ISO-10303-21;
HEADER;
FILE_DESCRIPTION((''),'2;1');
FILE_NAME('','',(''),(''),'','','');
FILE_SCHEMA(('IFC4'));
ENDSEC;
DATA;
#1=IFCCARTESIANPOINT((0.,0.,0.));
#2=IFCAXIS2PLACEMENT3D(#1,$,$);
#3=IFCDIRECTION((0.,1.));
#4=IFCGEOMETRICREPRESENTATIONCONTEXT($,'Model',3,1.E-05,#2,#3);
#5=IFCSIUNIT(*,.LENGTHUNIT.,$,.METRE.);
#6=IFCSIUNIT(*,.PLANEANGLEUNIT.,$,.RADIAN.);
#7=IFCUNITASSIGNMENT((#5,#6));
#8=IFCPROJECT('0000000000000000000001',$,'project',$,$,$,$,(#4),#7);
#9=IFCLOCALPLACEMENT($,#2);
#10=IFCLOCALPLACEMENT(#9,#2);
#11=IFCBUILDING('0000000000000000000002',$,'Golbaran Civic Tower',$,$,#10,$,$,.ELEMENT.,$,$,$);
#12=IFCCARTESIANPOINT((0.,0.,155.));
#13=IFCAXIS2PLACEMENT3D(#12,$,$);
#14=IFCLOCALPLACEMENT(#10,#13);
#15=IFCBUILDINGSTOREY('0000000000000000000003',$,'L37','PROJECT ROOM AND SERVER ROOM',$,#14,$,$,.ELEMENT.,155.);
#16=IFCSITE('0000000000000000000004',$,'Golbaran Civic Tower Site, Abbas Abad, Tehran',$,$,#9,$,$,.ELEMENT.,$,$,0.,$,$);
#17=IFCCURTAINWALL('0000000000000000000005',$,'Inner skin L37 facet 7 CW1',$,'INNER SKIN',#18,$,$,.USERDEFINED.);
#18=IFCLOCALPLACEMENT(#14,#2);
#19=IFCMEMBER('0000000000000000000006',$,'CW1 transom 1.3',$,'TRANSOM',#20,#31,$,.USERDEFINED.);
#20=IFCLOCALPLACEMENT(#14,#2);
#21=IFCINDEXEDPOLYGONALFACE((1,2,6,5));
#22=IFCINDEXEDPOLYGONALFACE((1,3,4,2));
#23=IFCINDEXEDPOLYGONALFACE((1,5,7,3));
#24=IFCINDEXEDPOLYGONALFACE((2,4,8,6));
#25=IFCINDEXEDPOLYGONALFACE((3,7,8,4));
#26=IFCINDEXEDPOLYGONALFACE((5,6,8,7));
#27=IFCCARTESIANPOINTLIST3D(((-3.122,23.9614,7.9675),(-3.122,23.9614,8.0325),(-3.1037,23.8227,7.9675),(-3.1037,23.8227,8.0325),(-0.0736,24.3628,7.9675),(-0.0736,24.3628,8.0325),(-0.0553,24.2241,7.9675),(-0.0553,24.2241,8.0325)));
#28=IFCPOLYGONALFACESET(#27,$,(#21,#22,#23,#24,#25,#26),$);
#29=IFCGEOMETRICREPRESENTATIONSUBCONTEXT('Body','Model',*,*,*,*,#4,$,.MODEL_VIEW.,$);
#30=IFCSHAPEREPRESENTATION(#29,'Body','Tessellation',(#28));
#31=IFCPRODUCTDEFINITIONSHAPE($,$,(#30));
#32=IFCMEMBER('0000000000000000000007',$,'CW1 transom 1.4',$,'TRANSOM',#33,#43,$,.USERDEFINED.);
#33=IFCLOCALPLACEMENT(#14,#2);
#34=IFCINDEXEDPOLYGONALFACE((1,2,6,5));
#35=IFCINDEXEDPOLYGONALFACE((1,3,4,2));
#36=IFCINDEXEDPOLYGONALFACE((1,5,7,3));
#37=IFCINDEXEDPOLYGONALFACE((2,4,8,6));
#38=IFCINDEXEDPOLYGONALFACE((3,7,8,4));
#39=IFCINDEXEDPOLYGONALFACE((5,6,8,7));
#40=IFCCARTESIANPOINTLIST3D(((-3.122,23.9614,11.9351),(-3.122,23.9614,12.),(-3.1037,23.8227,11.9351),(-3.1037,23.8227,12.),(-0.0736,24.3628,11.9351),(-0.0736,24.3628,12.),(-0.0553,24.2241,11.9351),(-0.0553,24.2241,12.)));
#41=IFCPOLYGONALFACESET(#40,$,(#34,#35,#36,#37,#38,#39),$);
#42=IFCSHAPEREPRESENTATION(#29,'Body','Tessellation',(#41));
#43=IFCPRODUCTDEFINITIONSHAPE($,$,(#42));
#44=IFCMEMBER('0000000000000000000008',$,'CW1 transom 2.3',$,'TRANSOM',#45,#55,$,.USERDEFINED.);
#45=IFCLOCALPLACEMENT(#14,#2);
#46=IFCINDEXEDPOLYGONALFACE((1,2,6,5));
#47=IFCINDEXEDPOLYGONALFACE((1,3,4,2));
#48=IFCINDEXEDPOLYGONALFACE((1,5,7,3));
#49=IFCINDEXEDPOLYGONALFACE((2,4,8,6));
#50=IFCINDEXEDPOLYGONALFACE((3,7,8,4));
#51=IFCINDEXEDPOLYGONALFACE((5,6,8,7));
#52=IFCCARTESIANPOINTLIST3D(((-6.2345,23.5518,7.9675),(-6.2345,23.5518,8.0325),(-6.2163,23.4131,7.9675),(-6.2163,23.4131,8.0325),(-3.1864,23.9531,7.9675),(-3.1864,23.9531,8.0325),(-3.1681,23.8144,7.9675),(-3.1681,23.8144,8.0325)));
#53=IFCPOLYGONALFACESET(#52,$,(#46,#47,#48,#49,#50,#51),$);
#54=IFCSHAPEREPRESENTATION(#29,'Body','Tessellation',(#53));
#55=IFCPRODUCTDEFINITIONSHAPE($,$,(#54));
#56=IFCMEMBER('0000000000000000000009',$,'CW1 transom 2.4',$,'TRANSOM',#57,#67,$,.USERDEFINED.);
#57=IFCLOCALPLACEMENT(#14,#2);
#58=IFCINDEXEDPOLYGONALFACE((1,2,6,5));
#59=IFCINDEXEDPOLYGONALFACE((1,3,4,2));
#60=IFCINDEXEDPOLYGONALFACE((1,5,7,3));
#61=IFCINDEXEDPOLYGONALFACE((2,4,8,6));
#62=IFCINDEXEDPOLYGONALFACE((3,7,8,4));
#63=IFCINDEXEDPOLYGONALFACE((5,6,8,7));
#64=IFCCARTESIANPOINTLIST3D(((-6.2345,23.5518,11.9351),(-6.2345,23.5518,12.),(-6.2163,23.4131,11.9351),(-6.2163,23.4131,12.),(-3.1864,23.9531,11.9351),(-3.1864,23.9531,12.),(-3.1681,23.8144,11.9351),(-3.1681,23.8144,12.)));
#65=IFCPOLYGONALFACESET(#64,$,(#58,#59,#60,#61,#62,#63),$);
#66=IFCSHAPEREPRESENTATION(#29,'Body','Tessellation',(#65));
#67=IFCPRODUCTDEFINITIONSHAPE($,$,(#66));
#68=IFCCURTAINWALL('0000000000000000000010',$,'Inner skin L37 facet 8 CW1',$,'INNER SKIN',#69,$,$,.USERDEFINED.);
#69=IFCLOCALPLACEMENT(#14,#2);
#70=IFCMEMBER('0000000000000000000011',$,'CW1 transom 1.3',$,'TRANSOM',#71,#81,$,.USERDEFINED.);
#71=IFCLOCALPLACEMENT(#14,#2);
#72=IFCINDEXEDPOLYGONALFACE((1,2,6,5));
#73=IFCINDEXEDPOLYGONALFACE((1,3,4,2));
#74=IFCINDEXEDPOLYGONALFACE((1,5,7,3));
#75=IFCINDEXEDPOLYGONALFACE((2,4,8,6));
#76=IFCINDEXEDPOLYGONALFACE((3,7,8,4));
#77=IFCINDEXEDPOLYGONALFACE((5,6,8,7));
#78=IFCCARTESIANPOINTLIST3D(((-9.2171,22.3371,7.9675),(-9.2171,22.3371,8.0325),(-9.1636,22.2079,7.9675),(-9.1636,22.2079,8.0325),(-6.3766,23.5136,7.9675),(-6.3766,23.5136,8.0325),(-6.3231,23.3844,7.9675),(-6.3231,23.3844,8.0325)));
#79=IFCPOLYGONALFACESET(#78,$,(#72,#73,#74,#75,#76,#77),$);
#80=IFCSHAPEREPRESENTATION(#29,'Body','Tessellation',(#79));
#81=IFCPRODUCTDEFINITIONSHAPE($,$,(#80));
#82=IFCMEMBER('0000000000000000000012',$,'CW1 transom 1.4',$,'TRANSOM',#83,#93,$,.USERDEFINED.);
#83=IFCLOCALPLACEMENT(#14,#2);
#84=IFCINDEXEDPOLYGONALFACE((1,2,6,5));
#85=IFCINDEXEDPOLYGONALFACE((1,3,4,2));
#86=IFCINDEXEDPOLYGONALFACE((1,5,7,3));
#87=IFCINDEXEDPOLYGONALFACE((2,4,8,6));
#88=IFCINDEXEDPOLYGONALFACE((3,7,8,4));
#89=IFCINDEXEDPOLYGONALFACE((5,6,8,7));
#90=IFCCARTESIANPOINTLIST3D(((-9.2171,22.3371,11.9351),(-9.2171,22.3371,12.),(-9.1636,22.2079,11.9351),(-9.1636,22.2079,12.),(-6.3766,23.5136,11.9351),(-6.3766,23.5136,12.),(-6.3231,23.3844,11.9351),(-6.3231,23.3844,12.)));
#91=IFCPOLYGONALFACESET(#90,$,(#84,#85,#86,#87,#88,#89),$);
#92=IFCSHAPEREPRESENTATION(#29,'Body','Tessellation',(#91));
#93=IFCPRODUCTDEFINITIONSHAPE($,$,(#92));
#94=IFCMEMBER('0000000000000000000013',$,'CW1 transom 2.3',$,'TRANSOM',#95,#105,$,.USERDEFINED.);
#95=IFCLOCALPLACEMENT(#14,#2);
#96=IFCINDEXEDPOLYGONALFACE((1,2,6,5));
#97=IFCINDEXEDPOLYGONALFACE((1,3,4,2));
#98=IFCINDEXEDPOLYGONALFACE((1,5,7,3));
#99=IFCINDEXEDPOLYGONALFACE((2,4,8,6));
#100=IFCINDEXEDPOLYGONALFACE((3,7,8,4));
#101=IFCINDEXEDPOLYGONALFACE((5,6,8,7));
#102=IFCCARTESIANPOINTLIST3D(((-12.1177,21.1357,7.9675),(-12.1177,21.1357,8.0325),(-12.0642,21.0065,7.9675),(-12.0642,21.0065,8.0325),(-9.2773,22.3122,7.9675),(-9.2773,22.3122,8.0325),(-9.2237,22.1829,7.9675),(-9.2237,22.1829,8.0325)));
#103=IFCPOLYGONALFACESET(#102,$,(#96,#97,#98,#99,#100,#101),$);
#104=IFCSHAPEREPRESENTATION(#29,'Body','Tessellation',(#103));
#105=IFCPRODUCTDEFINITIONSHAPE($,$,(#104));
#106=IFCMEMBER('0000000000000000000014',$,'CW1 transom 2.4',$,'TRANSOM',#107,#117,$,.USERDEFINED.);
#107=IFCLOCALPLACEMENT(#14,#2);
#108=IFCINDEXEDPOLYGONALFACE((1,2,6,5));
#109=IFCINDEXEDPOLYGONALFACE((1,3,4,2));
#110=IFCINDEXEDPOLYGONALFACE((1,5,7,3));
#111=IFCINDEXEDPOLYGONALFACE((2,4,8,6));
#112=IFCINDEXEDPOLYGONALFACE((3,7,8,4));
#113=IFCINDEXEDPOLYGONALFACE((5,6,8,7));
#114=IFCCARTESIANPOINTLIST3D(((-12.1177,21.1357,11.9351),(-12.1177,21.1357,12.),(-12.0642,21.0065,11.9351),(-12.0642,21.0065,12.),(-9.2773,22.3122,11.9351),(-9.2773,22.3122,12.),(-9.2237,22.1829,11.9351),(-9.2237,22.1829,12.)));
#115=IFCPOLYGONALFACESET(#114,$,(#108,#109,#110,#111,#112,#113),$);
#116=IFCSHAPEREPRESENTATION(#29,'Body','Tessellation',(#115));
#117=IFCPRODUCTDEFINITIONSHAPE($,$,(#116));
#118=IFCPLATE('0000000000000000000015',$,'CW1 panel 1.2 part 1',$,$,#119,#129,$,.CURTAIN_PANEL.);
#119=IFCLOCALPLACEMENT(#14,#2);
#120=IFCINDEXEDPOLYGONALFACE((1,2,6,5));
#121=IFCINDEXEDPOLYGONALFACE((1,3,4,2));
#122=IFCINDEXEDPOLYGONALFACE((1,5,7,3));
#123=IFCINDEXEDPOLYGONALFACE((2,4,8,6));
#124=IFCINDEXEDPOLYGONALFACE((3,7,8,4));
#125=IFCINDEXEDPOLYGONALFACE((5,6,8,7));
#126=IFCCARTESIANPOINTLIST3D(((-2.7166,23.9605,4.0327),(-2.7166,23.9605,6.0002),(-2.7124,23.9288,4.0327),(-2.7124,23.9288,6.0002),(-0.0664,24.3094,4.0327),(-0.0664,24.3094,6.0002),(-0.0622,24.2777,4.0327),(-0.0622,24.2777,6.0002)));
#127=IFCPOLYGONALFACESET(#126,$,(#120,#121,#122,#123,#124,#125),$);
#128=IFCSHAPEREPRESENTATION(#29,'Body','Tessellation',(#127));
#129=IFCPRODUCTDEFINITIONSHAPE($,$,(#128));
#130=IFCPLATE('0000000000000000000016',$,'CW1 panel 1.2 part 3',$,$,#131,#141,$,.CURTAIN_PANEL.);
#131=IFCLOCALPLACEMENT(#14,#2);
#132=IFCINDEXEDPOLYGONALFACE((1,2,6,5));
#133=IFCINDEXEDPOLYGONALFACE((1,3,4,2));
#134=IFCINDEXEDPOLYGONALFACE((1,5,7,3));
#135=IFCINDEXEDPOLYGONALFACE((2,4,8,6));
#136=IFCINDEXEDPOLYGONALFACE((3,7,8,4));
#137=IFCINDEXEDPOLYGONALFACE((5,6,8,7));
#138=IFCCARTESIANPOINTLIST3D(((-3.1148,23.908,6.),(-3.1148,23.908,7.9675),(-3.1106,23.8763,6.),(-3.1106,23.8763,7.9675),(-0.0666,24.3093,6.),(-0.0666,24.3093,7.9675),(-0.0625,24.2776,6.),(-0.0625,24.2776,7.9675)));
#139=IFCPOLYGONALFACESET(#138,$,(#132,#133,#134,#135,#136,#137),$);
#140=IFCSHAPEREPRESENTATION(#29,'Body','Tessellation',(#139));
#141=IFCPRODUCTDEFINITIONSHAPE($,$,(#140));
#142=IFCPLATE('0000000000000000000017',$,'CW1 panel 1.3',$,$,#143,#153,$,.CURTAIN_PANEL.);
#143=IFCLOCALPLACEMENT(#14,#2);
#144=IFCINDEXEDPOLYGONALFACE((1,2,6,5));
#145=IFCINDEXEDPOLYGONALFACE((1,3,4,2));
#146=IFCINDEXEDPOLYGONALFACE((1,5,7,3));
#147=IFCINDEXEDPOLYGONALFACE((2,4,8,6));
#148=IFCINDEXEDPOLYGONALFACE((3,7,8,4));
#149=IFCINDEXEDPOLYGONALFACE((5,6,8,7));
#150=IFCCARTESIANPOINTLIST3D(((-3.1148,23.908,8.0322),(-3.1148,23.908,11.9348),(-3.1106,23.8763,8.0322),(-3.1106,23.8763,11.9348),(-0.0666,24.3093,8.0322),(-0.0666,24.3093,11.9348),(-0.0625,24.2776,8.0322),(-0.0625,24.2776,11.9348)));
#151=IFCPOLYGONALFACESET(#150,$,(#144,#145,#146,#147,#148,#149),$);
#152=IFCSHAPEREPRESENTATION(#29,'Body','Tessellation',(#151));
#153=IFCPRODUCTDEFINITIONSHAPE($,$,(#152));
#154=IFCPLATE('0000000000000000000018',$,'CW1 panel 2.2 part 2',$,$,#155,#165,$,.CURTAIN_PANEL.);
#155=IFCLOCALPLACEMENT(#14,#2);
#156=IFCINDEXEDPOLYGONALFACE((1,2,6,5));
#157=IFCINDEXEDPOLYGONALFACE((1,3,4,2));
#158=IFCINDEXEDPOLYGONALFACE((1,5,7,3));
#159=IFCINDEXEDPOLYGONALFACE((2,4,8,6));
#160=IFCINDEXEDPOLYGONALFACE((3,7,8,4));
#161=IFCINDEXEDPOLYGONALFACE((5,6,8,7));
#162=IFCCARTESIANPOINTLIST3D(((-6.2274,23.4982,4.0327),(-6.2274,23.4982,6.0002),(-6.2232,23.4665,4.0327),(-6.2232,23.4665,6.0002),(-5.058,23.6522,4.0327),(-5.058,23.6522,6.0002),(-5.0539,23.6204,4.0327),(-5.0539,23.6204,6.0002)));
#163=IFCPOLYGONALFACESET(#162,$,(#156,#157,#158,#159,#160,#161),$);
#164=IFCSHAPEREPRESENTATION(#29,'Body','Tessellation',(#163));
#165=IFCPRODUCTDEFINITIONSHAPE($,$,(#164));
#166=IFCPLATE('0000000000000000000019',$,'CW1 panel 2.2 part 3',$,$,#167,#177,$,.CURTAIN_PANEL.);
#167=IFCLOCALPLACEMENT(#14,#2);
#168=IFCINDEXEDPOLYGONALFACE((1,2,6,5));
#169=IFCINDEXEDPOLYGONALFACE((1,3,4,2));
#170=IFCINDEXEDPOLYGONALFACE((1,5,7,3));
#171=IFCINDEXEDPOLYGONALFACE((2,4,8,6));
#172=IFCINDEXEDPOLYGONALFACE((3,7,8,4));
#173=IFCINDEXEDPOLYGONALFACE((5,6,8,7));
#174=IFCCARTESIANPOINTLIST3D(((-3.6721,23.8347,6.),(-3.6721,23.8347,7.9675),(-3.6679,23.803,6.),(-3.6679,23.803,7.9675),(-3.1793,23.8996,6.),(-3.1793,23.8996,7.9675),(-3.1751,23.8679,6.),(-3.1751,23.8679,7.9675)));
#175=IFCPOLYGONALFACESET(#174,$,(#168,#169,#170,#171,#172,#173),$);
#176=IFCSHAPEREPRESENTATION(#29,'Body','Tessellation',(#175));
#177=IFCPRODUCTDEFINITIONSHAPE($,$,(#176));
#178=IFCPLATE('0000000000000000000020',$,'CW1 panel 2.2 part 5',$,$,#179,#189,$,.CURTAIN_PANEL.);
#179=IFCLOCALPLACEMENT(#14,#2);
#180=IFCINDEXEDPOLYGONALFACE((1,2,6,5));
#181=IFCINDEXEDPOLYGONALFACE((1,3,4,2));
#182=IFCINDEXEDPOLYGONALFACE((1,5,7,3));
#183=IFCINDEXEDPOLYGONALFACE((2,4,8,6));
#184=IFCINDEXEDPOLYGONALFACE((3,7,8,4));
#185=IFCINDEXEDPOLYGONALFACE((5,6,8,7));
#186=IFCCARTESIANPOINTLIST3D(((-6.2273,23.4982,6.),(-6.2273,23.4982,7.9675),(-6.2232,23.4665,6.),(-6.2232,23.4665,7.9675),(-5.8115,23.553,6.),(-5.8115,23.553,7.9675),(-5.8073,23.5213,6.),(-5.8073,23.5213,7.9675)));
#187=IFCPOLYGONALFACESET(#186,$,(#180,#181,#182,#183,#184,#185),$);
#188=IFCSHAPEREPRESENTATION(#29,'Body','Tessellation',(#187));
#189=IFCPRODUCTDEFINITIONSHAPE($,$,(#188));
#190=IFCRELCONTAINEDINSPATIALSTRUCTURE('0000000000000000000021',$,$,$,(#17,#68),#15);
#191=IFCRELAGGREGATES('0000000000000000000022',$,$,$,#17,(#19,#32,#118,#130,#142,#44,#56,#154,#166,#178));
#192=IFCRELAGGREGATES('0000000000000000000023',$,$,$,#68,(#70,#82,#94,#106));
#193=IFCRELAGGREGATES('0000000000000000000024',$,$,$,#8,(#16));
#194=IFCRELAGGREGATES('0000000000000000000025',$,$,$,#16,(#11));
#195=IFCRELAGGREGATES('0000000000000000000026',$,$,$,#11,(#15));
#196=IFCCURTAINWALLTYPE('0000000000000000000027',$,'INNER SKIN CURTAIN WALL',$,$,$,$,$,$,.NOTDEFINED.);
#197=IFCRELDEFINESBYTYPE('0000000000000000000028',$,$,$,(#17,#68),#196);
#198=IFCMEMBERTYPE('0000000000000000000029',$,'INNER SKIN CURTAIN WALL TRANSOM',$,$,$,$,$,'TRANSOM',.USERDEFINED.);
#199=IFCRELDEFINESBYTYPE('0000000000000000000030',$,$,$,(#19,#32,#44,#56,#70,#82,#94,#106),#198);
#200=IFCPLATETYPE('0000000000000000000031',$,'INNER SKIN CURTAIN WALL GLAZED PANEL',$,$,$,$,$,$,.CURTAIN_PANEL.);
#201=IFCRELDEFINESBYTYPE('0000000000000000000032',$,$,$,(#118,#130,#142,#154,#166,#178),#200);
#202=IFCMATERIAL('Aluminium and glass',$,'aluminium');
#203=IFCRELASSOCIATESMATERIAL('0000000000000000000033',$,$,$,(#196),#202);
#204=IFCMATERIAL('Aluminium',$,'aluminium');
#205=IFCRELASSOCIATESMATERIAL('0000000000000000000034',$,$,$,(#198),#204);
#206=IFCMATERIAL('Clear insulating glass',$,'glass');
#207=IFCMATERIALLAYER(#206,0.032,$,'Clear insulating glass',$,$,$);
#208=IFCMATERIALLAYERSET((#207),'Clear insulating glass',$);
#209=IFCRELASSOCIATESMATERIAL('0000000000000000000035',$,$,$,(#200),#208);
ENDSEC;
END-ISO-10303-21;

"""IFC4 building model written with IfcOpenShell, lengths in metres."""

from ifc_helpers import new_model, si_unit, direction, frame, origin, origin_2d, place, context, subcontext, project, spatial, rectangle, extrude, material, layer, layer_set, material_profile, profile_set, type_object, element, aggregate, save


model = new_model("IFC4")

# Units and contexts
model_context = context("Model", 3, precision=1e-05, world=origin(), true_north=direction((0.0, 1.0)))
body_context = subcontext(model_context, "Body", "Model", "MODEL_VIEW")
ifc_project = project(units=[si_unit("LENGTHUNIT", "METRE"), si_unit("PLANEANGLEUNIT", "RADIAN")], contexts=[model_context])

# Site, building, storey
site_placement = place(None, origin())
site = spatial("IfcSite", under=ifc_project, at=site_placement, Name="Golbaran Civic Tower Site, Abbas Abad, Tehran", CompositionType="ELEMENT", RefElevation=0.0)
building_placement = place(site_placement, origin())
building = spatial("IfcBuilding", under=site, at=building_placement, Name="Golbaran Civic Tower", CompositionType="ELEMENT")
storey_placement = place(building_placement, frame((0.0, 0.0, 155.0)))
storey = spatial("IfcBuildingStorey", under=building, at=storey_placement, Name="L37", Description="PROJECT ROOM AND SERVER ROOM", CompositionType="ELEMENT", Elevation=155.0)

# Curtain walls, members
ifc_material_1 = material(Name="Aluminium and glass", Category="aluminium")
curtain_wall_type = type_object("IfcCurtainWallType", Name="INNER SKIN CURTAIN WALL", PredefinedType="NOTDEFINED", material=ifc_material_1)
curtain_wall_1_placement = place(storey_placement, origin())
curtain_wall_1 = element("IfcCurtainWall", 1, at=curtain_wall_1_placement, inside=storey, type_object=curtain_wall_type, Name="Inner skin L37 facet 7 CW1", ObjectType="INNER SKIN", PredefinedType="USERDEFINED")
ifc_material_2 = material(Name="Aluminium", Category="aluminium")
ifc_material_profile = material_profile(ifc_material_2, rectangle(XDim=0.1399, YDim=0.0649, at=origin_2d()), Name="INNER SKIN CURTAIN WALL TRANSOM")
ifc_profile_set = profile_set([ifc_material_profile], Name="Aluminium")
member_type = type_object("IfcMemberType", Name="INNER SKIN CURTAIN WALL TRANSOM", ElementType="TRANSOM", PredefinedType="USERDEFINED", material=ifc_profile_set)
member_1_placement = place(storey_placement, frame((-0.0645, 24.2935, 8.0), z_axis=(-0.991443, -0.130541, 0.0), x_axis=(0.130541, -0.991443, 0.0)))
member_1 = element("IfcMember", 2, at=member_1_placement, type_object=member_type, Name="CW1 transom 1.3", ObjectType="TRANSOM", PredefinedType="USERDEFINED", context=body_context, shape_type="SweptSolid", body=[
    extrude(rectangle(XDim=0.1399, YDim=0.0649, at=origin_2d()), origin(), (0.0, 0.0, 1.0), 3.0747),
])
member_2_placement = place(storey_placement, frame((-0.0645, 24.2935, 11.9675), z_axis=(-0.991443, -0.130541, 0.0), x_axis=(0.130541, -0.991443, 0.0)))
member_2 = element("IfcMember", 3, at=member_2_placement, type_object=member_type, Name="CW1 transom 1.4", ObjectType="TRANSOM", PredefinedType="USERDEFINED", context=body_context, shape_type="SweptSolid", body=[
    extrude(rectangle(XDim=0.1399, YDim=0.0649, at=origin_2d()), origin(), (0.0, 0.0, 1.0), 3.0747),
])
member_3_placement = place(storey_placement, frame((-3.1772, 23.8838, 8.0), z_axis=(-0.991442, -0.130551, 0.0), x_axis=(0.130551, -0.991442, 0.0)))
member_3 = element("IfcMember", 4, at=member_3_placement, type_object=member_type, Name="CW1 transom 2.3", ObjectType="TRANSOM", PredefinedType="USERDEFINED", context=body_context, shape_type="SweptSolid", body=[
    extrude(rectangle(XDim=0.1399, YDim=0.0649, at=origin_2d()), origin(), (0.0, 0.0, 1.0), 3.0745),
])
member_4_placement = place(storey_placement, frame((-3.1772, 23.8838, 11.9675), z_axis=(-0.991442, -0.130551, 0.0), x_axis=(0.130551, -0.991442, 0.0)))
member_4 = element("IfcMember", 5, at=member_4_placement, type_object=member_type, Name="CW1 transom 2.4", ObjectType="TRANSOM", PredefinedType="USERDEFINED", context=body_context, shape_type="SweptSolid", body=[
    extrude(rectangle(XDim=0.1399, YDim=0.0649, at=origin_2d()), origin(), (0.0, 0.0, 1.0), 3.0745),
])
curtain_wall_2_placement = place(storey_placement, origin())
curtain_wall_2 = element("IfcCurtainWall", 6, at=curtain_wall_2_placement, inside=storey, type_object=curtain_wall_type, Name="Inner skin L37 facet 8 CW1", ObjectType="INNER SKIN", PredefinedType="USERDEFINED")
member_5_placement = place(storey_placement, frame((-6.3499, 23.449, 8.0), z_axis=(-0.92389, -0.382658, 0.0), x_axis=(0.382658, -0.92389, 0.0)))
member_5 = element("IfcMember", 7, at=member_5_placement, type_object=member_type, Name="CW1 transom 1.3", ObjectType="TRANSOM", PredefinedType="USERDEFINED", context=body_context, shape_type="SweptSolid", body=[
    extrude(rectangle(XDim=0.1399, YDim=0.0649, at=origin_2d()), origin(), (0.0, 0.0, 1.0), 3.0745),
])
member_6_placement = place(storey_placement, frame((-6.3499, 23.449, 11.9675), z_axis=(-0.92389, -0.382658, 0.0), x_axis=(0.382658, -0.92389, 0.0)))
member_6 = element("IfcMember", 8, at=member_6_placement, type_object=member_type, Name="CW1 transom 1.4", ObjectType="TRANSOM", PredefinedType="USERDEFINED", context=body_context, shape_type="SweptSolid", body=[
    extrude(rectangle(XDim=0.1399, YDim=0.0649, at=origin_2d()), origin(), (0.0, 0.0, 1.0), 3.0745),
])
member_7_placement = place(storey_placement, frame((-9.2505, 22.2476, 8.0), z_axis=(-0.92389, -0.382658, 0.0), x_axis=(0.382658, -0.92389, 0.0)))
member_7 = element("IfcMember", 9, at=member_7_placement, type_object=member_type, Name="CW1 transom 2.3", ObjectType="TRANSOM", PredefinedType="USERDEFINED", context=body_context, shape_type="SweptSolid", body=[
    extrude(rectangle(XDim=0.1399, YDim=0.0649, at=origin_2d()), origin(), (0.0, 0.0, 1.0), 3.0745),
])
member_8_placement = place(storey_placement, frame((-9.2505, 22.2476, 11.9675), z_axis=(-0.92389, -0.382658, 0.0), x_axis=(0.382658, -0.92389, 0.0)))
member_8 = element("IfcMember", 10, at=member_8_placement, type_object=member_type, Name="CW1 transom 2.4", ObjectType="TRANSOM", PredefinedType="USERDEFINED", context=body_context, shape_type="SweptSolid", body=[
    extrude(rectangle(XDim=0.1399, YDim=0.0649, at=origin_2d()), origin(), (0.0, 0.0, 1.0), 3.0745),
])

# Plates
ifc_material_3 = material(Name="Clear insulating glass", Category="glass")
ifc_layer_1 = layer(ifc_material_3, 0.032, Name="Clear insulating glass")
ifc_layer_set_1 = layer_set([ifc_layer_1], Name="Clear insulating glass")
plate_type_1 = type_object("IfcPlateType", Name="INNER SKIN CURTAIN WALL GLAZED PANEL", PredefinedType="CURTAIN_PANEL", material=ifc_layer_set_1)
plate_1_placement = place(storey_placement, frame((-1.3894, 24.1191, 4.0327), z_axis=(0.0, 0.0, 1.0), x_axis=(-0.991445, -0.130526, 0.0)))
plate_1 = element("IfcPlate", 11, at=plate_1_placement, type_object=plate_type_1, Name="CW1 panel 1.2 part 1", PredefinedType="CURTAIN_PANEL", context=body_context, shape_type="SweptSolid", body=[
    extrude(rectangle(XDim=2.6731, YDim=0.032, at=origin_2d()), origin(), (0.0, 0.0, 1.0), 1.9675),
])
plate_2_placement = place(storey_placement, frame((-1.5886, 24.0928, 6.0), z_axis=(0.0, 0.0, 1.0), x_axis=(-0.991445, -0.130526, 0.0)))
plate_2 = element("IfcPlate", 12, at=plate_2_placement, type_object=plate_type_1, Name="CW1 panel 1.2 part 3", PredefinedType="CURTAIN_PANEL", context=body_context, shape_type="SweptSolid", body=[
    extrude(rectangle(XDim=3.0745, YDim=0.032, at=origin_2d()), origin(), (0.0, 0.0, 1.0), 1.9675),
])
plate_3_placement = place(storey_placement, frame((-1.5886, 24.0928, 8.0322), z_axis=(0.0, 0.0, 1.0), x_axis=(-0.991445, -0.130526, 0.0)))
plate_3 = element("IfcPlate", 13, at=plate_3_placement, type_object=plate_type_1, Name="CW1 panel 1.3", PredefinedType="CURTAIN_PANEL", context=body_context, shape_type="SweptSolid", body=[
    extrude(rectangle(XDim=3.0745, YDim=0.032, at=origin_2d()), origin(), (0.0, 0.0, 1.0), 3.9026),
])
plate_4_placement = place(storey_placement, frame((-5.6406, 23.5593, 4.0327), z_axis=(0.0, 0.0, 1.0), x_axis=(-0.991445, -0.130526, 0.0)))
plate_4 = element("IfcPlate", 14, at=plate_4_placement, type_object=plate_type_1, Name="CW1 panel 2.2 part 2", PredefinedType="CURTAIN_PANEL", context=body_context, shape_type="SweptSolid", body=[
    extrude(rectangle(XDim=1.1794, YDim=0.032, at=origin_2d()), origin(), (0.0, 0.0, 1.0), 1.9675),
])
plate_5_placement = place(storey_placement, frame((-3.4236, 23.8513, 6.0), z_axis=(0.0, 0.0, 1.0), x_axis=(-0.991445, -0.130526, 0.0)))
plate_5 = element("IfcPlate", 15, at=plate_5_placement, type_object=plate_type_1, Name="CW1 panel 2.2 part 3", PredefinedType="CURTAIN_PANEL", context=body_context, shape_type="SweptSolid", body=[
    extrude(rectangle(XDim=0.4971, YDim=0.032, at=origin_2d()), origin(), (0.0, 0.0, 1.0), 1.9675),
])
plate_6_placement = place(storey_placement, frame((-6.0173, 23.5098, 6.0), z_axis=(0.0, 0.0, 1.0), x_axis=(-0.991445, -0.130526, 0.0)))
plate_6 = element("IfcPlate", 16, at=plate_6_placement, type_object=plate_type_1, Name="CW1 panel 2.2 part 5", PredefinedType="CURTAIN_PANEL", context=body_context, shape_type="SweptSolid", body=[
    extrude(rectangle(XDim=0.4194, YDim=0.032, at=origin_2d()), origin(), (0.0, 0.0, 1.0), 1.9675),
])
aggregate(curtain_wall_1, [member_1, member_2, plate_1, plate_2, plate_3, member_3, member_4, plate_4, plate_5, plate_6])
aggregate(curtain_wall_2, [member_5, member_6, member_7, member_8])

save(model, "model.ifc")
